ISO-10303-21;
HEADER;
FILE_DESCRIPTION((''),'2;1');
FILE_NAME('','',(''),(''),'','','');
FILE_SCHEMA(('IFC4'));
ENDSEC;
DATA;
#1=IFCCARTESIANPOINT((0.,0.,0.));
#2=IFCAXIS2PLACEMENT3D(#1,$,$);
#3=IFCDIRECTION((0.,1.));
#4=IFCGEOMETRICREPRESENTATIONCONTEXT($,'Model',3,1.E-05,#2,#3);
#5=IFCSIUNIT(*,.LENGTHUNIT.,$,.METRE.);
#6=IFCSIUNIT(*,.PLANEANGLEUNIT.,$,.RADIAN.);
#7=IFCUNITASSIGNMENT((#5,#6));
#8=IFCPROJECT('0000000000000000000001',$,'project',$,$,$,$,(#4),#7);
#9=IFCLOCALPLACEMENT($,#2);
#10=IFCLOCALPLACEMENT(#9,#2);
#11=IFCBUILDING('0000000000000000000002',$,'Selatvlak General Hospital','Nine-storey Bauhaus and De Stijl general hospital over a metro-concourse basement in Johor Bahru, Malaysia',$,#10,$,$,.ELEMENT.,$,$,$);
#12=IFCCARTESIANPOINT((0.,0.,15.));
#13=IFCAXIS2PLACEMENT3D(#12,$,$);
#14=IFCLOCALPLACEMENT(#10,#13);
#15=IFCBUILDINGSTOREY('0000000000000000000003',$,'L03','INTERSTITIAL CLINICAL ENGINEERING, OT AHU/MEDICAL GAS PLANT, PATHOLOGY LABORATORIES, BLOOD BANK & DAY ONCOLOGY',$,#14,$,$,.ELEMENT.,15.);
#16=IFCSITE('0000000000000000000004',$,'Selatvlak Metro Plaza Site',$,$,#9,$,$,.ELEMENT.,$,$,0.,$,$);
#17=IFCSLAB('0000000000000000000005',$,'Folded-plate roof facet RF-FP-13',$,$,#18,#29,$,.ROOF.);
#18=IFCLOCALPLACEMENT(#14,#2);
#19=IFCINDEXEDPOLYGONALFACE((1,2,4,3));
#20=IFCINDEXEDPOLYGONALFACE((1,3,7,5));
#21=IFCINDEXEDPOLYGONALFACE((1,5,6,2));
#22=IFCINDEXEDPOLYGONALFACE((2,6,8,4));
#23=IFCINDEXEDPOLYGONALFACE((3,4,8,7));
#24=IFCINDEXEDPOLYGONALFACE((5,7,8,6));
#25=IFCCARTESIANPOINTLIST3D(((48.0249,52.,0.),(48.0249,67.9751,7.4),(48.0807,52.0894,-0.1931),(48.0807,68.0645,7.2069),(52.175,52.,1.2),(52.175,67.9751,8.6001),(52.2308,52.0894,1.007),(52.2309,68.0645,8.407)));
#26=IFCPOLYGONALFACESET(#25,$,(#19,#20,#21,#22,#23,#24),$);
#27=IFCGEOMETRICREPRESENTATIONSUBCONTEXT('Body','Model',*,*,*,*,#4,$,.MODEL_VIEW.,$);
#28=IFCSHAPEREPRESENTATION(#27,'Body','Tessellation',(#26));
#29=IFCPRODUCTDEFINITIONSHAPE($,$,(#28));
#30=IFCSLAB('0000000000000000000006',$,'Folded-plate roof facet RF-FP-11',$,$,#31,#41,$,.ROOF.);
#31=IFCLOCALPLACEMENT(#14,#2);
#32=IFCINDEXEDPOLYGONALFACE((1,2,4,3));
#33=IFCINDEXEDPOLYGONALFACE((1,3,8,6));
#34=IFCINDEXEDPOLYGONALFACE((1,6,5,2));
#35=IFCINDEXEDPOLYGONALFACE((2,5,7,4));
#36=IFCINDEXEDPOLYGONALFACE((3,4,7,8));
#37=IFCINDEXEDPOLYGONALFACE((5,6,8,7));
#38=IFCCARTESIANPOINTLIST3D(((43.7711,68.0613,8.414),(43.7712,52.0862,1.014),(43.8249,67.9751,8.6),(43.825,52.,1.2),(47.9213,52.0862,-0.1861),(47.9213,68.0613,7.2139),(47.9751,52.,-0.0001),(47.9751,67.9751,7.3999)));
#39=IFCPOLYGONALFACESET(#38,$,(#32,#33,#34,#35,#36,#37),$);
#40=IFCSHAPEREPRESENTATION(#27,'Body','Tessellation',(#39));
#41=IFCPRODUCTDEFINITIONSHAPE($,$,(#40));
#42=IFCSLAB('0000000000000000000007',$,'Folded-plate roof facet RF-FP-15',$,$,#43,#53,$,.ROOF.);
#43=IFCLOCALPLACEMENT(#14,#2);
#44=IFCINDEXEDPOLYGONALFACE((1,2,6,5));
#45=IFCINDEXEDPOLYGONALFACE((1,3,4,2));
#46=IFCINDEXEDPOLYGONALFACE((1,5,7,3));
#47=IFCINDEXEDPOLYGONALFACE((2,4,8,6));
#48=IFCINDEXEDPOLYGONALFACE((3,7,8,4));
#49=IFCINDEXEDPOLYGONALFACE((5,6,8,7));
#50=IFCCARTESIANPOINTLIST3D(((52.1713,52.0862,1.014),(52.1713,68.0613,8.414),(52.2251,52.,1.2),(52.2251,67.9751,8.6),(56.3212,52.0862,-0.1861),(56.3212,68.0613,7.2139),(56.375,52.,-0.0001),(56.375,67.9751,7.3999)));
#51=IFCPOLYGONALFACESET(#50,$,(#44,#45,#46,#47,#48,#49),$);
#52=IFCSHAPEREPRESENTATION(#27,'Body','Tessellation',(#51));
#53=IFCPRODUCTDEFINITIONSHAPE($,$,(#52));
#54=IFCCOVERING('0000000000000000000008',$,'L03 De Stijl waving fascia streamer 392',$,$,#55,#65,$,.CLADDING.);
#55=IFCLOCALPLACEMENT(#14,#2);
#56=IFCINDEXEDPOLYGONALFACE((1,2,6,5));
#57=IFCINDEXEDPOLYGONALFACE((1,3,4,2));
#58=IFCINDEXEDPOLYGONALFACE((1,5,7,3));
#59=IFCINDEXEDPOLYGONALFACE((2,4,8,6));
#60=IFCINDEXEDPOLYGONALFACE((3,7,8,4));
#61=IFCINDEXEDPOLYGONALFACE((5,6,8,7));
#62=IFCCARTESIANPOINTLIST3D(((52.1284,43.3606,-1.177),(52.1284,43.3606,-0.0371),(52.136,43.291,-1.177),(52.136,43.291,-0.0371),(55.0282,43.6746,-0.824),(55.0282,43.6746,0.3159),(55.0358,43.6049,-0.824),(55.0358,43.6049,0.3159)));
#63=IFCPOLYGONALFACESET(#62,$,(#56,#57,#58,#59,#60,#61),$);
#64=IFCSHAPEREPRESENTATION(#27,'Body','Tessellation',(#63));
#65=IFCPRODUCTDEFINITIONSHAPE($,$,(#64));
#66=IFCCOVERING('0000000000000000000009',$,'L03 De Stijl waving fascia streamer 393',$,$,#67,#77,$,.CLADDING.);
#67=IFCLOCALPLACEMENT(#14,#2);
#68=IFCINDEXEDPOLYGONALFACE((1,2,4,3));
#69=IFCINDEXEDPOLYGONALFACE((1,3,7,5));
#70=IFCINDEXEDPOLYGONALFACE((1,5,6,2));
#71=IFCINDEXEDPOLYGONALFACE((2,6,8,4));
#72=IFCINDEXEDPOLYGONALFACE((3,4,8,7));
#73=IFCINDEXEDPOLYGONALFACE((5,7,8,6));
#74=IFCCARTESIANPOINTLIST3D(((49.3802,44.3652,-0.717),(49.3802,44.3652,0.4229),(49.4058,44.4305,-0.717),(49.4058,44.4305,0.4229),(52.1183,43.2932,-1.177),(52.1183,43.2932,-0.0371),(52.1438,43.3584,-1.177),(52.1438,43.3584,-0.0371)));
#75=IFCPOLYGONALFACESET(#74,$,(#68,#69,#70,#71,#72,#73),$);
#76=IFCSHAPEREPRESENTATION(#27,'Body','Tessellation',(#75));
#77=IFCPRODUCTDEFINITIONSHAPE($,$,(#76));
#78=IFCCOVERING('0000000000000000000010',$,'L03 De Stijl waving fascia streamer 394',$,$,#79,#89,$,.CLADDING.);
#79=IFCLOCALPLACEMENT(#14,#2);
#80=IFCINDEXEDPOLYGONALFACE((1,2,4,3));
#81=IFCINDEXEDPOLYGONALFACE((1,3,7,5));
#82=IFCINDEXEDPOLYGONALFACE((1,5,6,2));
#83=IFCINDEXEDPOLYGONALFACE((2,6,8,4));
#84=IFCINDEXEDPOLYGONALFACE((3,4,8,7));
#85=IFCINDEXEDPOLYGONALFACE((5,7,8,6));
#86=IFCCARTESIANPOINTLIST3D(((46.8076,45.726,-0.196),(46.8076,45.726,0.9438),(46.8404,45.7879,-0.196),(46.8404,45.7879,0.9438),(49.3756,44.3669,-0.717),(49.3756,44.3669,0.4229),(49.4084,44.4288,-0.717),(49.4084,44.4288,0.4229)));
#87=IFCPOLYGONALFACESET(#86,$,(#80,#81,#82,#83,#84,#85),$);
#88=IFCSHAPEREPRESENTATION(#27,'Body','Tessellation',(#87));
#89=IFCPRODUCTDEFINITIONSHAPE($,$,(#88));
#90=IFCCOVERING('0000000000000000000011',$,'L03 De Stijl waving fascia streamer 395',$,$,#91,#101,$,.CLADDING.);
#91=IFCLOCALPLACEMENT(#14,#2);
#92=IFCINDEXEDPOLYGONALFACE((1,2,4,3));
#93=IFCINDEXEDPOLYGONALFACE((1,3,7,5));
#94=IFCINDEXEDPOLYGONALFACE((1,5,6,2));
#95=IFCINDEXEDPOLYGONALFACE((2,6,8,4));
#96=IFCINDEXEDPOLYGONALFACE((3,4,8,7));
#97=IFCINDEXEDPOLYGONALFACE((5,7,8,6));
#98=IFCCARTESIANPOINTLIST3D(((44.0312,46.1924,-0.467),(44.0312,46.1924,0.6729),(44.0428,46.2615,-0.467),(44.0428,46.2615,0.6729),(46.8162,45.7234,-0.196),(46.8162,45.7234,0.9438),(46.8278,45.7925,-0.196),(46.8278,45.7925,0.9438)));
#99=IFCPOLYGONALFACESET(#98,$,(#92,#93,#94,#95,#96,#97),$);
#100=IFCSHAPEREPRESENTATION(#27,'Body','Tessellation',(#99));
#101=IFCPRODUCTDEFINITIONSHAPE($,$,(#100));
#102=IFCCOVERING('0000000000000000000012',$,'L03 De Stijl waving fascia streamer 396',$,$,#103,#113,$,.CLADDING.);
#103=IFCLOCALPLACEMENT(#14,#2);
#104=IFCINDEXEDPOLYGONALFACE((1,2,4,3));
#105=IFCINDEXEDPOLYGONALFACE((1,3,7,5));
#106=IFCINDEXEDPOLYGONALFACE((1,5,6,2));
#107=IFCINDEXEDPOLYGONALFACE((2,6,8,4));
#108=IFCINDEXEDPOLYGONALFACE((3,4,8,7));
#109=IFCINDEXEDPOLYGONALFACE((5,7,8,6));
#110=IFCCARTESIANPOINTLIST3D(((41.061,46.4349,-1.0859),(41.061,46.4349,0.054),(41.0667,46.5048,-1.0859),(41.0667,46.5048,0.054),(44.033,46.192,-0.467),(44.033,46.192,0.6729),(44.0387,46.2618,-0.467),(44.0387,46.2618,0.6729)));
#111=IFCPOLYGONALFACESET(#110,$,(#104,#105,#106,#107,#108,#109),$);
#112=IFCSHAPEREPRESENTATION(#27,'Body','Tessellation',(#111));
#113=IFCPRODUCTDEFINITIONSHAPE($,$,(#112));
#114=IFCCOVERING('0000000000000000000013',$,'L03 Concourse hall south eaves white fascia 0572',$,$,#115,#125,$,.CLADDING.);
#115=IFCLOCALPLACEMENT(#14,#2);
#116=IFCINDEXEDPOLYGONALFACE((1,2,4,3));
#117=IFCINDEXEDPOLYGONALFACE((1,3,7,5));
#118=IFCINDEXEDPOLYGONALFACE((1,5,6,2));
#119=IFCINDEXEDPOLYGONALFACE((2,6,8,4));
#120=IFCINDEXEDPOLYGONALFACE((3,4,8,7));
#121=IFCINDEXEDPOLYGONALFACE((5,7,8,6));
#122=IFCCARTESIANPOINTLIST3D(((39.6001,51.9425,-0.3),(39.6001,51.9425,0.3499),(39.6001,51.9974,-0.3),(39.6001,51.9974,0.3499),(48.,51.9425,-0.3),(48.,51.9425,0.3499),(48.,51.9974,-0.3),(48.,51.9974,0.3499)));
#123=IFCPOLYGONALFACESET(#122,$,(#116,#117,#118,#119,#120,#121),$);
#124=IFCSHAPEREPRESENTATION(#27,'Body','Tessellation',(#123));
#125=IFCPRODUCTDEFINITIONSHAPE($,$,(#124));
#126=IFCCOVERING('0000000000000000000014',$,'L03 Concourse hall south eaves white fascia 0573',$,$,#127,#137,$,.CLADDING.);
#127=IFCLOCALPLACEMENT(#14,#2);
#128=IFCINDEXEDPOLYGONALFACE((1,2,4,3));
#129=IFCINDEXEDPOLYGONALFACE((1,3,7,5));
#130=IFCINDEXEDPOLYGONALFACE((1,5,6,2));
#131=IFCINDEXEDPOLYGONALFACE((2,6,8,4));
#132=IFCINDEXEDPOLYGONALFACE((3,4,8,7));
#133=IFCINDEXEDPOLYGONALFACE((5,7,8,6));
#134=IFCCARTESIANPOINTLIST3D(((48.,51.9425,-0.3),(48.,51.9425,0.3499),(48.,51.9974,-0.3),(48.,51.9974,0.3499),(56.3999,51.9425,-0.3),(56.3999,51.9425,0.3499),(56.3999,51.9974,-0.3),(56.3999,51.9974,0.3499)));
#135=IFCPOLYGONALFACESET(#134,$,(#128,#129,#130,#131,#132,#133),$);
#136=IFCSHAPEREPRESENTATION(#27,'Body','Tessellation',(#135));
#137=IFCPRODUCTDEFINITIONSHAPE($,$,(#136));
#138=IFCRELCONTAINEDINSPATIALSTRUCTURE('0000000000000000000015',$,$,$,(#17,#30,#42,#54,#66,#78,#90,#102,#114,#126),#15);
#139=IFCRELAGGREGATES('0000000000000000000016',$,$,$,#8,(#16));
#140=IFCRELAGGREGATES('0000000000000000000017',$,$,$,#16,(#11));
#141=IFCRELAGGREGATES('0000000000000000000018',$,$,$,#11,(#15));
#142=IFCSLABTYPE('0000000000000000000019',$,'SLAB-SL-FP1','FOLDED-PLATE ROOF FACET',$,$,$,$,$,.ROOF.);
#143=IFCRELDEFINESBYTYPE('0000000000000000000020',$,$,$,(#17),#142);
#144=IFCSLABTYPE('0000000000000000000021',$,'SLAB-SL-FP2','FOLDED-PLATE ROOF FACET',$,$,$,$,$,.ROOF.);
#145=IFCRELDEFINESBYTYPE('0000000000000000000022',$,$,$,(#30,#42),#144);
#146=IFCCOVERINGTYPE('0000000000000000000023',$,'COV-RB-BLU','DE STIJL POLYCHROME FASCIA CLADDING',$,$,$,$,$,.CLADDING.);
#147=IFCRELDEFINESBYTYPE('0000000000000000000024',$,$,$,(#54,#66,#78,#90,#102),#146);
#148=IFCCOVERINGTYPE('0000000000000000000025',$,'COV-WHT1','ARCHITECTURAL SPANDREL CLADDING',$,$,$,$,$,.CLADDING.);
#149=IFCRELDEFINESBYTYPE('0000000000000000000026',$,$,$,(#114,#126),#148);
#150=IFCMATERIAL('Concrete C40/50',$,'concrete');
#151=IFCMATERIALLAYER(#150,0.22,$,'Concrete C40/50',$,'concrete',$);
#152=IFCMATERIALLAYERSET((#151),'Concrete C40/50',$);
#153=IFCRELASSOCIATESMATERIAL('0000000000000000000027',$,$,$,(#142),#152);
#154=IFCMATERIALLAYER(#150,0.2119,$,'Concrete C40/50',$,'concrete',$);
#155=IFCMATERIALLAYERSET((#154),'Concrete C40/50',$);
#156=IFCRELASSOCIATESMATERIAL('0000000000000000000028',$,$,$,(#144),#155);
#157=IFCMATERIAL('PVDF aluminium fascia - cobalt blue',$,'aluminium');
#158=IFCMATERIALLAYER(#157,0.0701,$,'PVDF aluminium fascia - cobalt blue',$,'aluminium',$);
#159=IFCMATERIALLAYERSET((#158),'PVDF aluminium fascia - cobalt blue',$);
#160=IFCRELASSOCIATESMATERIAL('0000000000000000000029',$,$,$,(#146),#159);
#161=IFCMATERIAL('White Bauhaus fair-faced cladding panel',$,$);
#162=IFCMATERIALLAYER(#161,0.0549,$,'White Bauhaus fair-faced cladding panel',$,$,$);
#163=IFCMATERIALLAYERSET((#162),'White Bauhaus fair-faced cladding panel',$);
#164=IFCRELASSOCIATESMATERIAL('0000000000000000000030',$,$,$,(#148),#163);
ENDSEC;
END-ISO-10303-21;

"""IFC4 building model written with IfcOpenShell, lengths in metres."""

from ifc_helpers import new_model, si_unit, direction, frame, origin, origin_2d, place, context, subcontext, project, spatial, polyline, rectangle, outline, extrude, material, layer, layer_set, type_object, element, save


model = new_model("IFC4")

# Units and contexts
model_context = context("Model", 3, precision=1e-05, world=origin(), true_north=direction((0.0, 1.0)))
body_context = subcontext(model_context, "Body", "Model", "MODEL_VIEW")
ifc_project = project(units=[si_unit("LENGTHUNIT", "METRE"), si_unit("PLANEANGLEUNIT", "RADIAN")], contexts=[model_context])

# Site, building, storey
site_placement = place(None, origin())
site = spatial("IfcSite", under=ifc_project, at=site_placement, Name="Selatvlak Metro Plaza Site", CompositionType="ELEMENT", RefElevation=0.0)
building_placement = place(site_placement, origin())
building = spatial("IfcBuilding", under=site, at=building_placement, Name="Selatvlak General Hospital", Description="Nine-storey Bauhaus and De Stijl general hospital over a metro-concourse basement in Johor Bahru, Malaysia", CompositionType="ELEMENT")
storey_placement = place(building_placement, frame((0.0, 0.0, 15.0)))
storey = spatial("IfcBuildingStorey", under=building, at=storey_placement, Name="L03", Description="INTERSTITIAL CLINICAL ENGINEERING, OT AHU/MEDICAL GAS PLANT, PATHOLOGY LABORATORIES, BLOOD BANK & DAY ONCOLOGY", CompositionType="ELEMENT", Elevation=15.0)

# Slabs
ifc_material_1 = material(Name="Concrete C40/50", Category="concrete")
ifc_layer_1 = layer(ifc_material_1, 0.22, Name="Concrete C40/50", Category="concrete")
ifc_layer_set_1 = layer_set([ifc_layer_1], Name="Concrete C40/50")
slab_type_1 = type_object("IfcSlabType", Name="SLAB-SL-FP1", Description="FOLDED-PLATE ROOF FACET", PredefinedType="ROOF", material=ifc_layer_set_1)
slab_1_placement = place(storey_placement, frame((48.0249, 52.0, 0.0), z_axis=(-0.25379, -0.406556, 0.877669), x_axis=(0.960645, -0.00001, 0.277779)))
element("IfcSlab", 1, at=slab_1_placement, inside=storey, type_object=slab_type_1, Name="Folded-plate roof facet RF-FP-13", PredefinedType="ROOF", context=body_context, shape_type="SweptSolid", body=[
    extrude(outline(polyline([(0.0, 0.0), (4.3201, 0.0), (6.3756, 17.4855), (2.0554, 17.4854), (0.0, 0.0)])), origin(), (0.0, 0.0, -1.0), 0.22),
])
ifc_layer_2 = layer(ifc_material_1, 0.2119, Name="Concrete C40/50", Category="concrete")
ifc_layer_set_2 = layer_set([ifc_layer_2], Name="Concrete C40/50")
slab_type_2 = type_object("IfcSlabType", Name="SLAB-SL-FP2", Description="FOLDED-PLATE ROOF FACET", PredefinedType="ROOF", material=ifc_layer_set_2)
slab_2_placement = place(storey_placement, frame((43.825, 52.0, 1.2), z_axis=(0.25379, -0.406556, 0.877669), x_axis=(0.960645, 0.00001, -0.277779)))
element("IfcSlab", 2, at=slab_2_placement, inside=storey, type_object=slab_type_2, Name="Folded-plate roof facet RF-FP-11", PredefinedType="ROOF", context=body_context, shape_type="SweptSolid", body=[
    extrude(outline(polyline([(0.0, 0.0), (4.3201, 0.0), (2.2648, 17.4854), (-2.0554, 17.4855), (0.0, 0.0)])), origin(), (0.0, 0.0, -1.0), 0.2119),
])
slab_3_placement = place(storey_placement, frame((52.2251, 52.0, 1.2), z_axis=(0.253804, -0.406554, 0.877666), x_axis=(0.960641, 0.00001, -0.277794)))
element("IfcSlab", 3, at=slab_3_placement, inside=storey, type_object=slab_type_2, Name="Folded-plate roof facet RF-FP-15", PredefinedType="ROOF", context=body_context, shape_type="SweptSolid", body=[
    extrude(outline(polyline([(0.0, 0.0), (4.3199, 0.0), (2.2644, 17.4853), (-2.0556, 17.4854), (0.0, 0.0)])), origin(), (0.0, 0.0, -1.0), 0.2119),
])

# Coverings
ifc_material_2 = material(Name="PVDF aluminium fascia - cobalt blue", Category="aluminium")
ifc_layer_3 = layer(ifc_material_2, 0.0701, Name="PVDF aluminium fascia - cobalt blue", Category="aluminium")
ifc_layer_set_3 = layer_set([ifc_layer_3], Name="PVDF aluminium fascia - cobalt blue")
covering_type_1 = type_object("IfcCoveringType", Name="COV-RB-BLU", Description="DE STIJL POLYCHROME FASCIA CLADDING", PredefinedType="CLADDING", material=ifc_layer_set_3)
covering_1_placement = place(storey_placement, frame((55.032, 43.6399, -0.824), z_axis=(0.0, 0.0, 1.0), x_axis=(-0.99419, -0.107638, 0.0)))
element("IfcCovering", 4, at=covering_1_placement, inside=storey, type_object=covering_type_1, Name="L03 De Stijl waving fascia streamer 392", PredefinedType="CLADDING", context=body_context, shape_type="SweptSolid", body=[
    extrude(outline(polyline([(0.0, 0.0), (2.9167, -0.353), (2.9167, 0.7869), (0.0, 1.1399), (0.0, 0.0)])), frame((0.0, 0.0352, 0.0), z_axis=(0.0, -1.0, 0.0), x_axis=(1.0, 0.0, 0.0)), (0.0, 0.0, 1.0), 0.0701),
])
covering_2_placement = place(storey_placement, frame((52.1311, 43.3259, -1.177), z_axis=(0.0, 0.0, 1.0), x_axis=(-0.931172, 0.364581, 0.0)))
element("IfcCovering", 5, at=covering_2_placement, inside=storey, type_object=covering_type_1, Name="L03 De Stijl waving fascia streamer 393", PredefinedType="CLADDING", context=body_context, shape_type="SweptSolid", body=[
    extrude(outline(polyline([(0.0, 0.0), (2.9404, 0.46), (2.9404, 1.5999), (0.0, 1.1399), (0.0, 0.0)])), frame((0.0, 0.0352, 0.0), z_axis=(0.0, -1.0, 0.0), x_axis=(1.0, 0.0, 0.0)), (0.0, 0.0, 1.0), 0.0701),
])
covering_3_placement = place(storey_placement, frame((49.3921, 44.3979, -0.717), z_axis=(0.0, 0.0, 1.0), x_axis=(-0.883853, 0.467764, 0.0)))
element("IfcCovering", 6, at=covering_3_placement, inside=storey, type_object=covering_type_1, Name="L03 De Stijl waving fascia streamer 394", PredefinedType="CLADDING", context=body_context, shape_type="SweptSolid", body=[
    extrude(outline(polyline([(0.0, 0.0), (2.9055, 0.521), (2.9055, 1.6609), (0.0, 1.1399), (0.0, 0.0)])), frame((0.0, 0.0352, 0.0), z_axis=(0.0, -1.0, 0.0), x_axis=(1.0, 0.0, 0.0)), (0.0, 0.0, 1.0), 0.0701),
])
covering_4_placement = place(storey_placement, frame((46.822, 45.7581, -0.196), z_axis=(0.0, 0.0, 1.0), x_axis=(-0.986114, 0.166067, 0.0)))
element("IfcCovering", 7, at=covering_4_placement, inside=storey, type_object=covering_type_1, Name="L03 De Stijl waving fascia streamer 395", PredefinedType="CLADDING", context=body_context, shape_type="SweptSolid", body=[
    extrude(outline(polyline([(0.0, 0.0), (2.8242, -0.271), (2.8242, 0.8689), (0.0, 1.1399), (0.0, 0.0)])), frame((0.0, 0.0352, 0.0), z_axis=(0.0, -1.0, 0.0), x_axis=(1.0, 0.0, 0.0)), (0.0, 0.0, 1.0), 0.0701),
])
covering_5_placement = place(storey_placement, frame((44.0359, 46.2271, -0.467), z_axis=(0.0, 0.0, 1.0), x_axis=(-0.996676, 0.081467, 0.0)))
element("IfcCovering", 8, at=covering_5_placement, inside=storey, type_object=covering_type_1, Name="L03 De Stijl waving fascia streamer 396", PredefinedType="CLADDING", context=body_context, shape_type="SweptSolid", body=[
    extrude(outline(polyline([(0.0, 0.0), (2.9819, -0.6189), (2.9819, 0.521), (0.0, 1.1399), (0.0, 0.0)])), frame((0.0, 0.0352, 0.0), z_axis=(0.0, -1.0, 0.0), x_axis=(1.0, 0.0, 0.0)), (0.0, 0.0, 1.0), 0.0701),
])
ifc_material_3 = material(Name="White Bauhaus fair-faced cladding panel")
ifc_layer_4 = layer(ifc_material_3, 0.0549, Name="White Bauhaus fair-faced cladding panel")
ifc_layer_set_4 = layer_set([ifc_layer_4], Name="White Bauhaus fair-faced cladding panel")
covering_type_2 = type_object("IfcCoveringType", Name="COV-WHT1", Description="ARCHITECTURAL SPANDREL CLADDING", PredefinedType="CLADDING", material=ifc_layer_set_4)
for number, where, z_axis, x_axis, name in (
    (9, (43.8, 51.97, -0.3), (0.0, 0.0, 1.0), (1.0, 0.0, 0.0), "L03 Concourse hall south eaves white fascia 0572"),
    (10, (52.2, 51.97, -0.3), (0.0, 0.0, 1.0), (1.0, 0.0, 0.0), "L03 Concourse hall south eaves white fascia 0573"),
):
    element("IfcCovering", number, at=place(storey_placement, frame(where, z_axis=z_axis, x_axis=x_axis)), inside=storey, type_object=covering_type_2, Name=name, PredefinedType="CLADDING", context=body_context, shape_type="SweptSolid", body=[
        extrude(rectangle(XDim=8.3999, YDim=0.0549, at=origin_2d()), origin(), (0.0, 0.0, 1.0), 0.6499),
    ])

save(model, "model.ifc")
